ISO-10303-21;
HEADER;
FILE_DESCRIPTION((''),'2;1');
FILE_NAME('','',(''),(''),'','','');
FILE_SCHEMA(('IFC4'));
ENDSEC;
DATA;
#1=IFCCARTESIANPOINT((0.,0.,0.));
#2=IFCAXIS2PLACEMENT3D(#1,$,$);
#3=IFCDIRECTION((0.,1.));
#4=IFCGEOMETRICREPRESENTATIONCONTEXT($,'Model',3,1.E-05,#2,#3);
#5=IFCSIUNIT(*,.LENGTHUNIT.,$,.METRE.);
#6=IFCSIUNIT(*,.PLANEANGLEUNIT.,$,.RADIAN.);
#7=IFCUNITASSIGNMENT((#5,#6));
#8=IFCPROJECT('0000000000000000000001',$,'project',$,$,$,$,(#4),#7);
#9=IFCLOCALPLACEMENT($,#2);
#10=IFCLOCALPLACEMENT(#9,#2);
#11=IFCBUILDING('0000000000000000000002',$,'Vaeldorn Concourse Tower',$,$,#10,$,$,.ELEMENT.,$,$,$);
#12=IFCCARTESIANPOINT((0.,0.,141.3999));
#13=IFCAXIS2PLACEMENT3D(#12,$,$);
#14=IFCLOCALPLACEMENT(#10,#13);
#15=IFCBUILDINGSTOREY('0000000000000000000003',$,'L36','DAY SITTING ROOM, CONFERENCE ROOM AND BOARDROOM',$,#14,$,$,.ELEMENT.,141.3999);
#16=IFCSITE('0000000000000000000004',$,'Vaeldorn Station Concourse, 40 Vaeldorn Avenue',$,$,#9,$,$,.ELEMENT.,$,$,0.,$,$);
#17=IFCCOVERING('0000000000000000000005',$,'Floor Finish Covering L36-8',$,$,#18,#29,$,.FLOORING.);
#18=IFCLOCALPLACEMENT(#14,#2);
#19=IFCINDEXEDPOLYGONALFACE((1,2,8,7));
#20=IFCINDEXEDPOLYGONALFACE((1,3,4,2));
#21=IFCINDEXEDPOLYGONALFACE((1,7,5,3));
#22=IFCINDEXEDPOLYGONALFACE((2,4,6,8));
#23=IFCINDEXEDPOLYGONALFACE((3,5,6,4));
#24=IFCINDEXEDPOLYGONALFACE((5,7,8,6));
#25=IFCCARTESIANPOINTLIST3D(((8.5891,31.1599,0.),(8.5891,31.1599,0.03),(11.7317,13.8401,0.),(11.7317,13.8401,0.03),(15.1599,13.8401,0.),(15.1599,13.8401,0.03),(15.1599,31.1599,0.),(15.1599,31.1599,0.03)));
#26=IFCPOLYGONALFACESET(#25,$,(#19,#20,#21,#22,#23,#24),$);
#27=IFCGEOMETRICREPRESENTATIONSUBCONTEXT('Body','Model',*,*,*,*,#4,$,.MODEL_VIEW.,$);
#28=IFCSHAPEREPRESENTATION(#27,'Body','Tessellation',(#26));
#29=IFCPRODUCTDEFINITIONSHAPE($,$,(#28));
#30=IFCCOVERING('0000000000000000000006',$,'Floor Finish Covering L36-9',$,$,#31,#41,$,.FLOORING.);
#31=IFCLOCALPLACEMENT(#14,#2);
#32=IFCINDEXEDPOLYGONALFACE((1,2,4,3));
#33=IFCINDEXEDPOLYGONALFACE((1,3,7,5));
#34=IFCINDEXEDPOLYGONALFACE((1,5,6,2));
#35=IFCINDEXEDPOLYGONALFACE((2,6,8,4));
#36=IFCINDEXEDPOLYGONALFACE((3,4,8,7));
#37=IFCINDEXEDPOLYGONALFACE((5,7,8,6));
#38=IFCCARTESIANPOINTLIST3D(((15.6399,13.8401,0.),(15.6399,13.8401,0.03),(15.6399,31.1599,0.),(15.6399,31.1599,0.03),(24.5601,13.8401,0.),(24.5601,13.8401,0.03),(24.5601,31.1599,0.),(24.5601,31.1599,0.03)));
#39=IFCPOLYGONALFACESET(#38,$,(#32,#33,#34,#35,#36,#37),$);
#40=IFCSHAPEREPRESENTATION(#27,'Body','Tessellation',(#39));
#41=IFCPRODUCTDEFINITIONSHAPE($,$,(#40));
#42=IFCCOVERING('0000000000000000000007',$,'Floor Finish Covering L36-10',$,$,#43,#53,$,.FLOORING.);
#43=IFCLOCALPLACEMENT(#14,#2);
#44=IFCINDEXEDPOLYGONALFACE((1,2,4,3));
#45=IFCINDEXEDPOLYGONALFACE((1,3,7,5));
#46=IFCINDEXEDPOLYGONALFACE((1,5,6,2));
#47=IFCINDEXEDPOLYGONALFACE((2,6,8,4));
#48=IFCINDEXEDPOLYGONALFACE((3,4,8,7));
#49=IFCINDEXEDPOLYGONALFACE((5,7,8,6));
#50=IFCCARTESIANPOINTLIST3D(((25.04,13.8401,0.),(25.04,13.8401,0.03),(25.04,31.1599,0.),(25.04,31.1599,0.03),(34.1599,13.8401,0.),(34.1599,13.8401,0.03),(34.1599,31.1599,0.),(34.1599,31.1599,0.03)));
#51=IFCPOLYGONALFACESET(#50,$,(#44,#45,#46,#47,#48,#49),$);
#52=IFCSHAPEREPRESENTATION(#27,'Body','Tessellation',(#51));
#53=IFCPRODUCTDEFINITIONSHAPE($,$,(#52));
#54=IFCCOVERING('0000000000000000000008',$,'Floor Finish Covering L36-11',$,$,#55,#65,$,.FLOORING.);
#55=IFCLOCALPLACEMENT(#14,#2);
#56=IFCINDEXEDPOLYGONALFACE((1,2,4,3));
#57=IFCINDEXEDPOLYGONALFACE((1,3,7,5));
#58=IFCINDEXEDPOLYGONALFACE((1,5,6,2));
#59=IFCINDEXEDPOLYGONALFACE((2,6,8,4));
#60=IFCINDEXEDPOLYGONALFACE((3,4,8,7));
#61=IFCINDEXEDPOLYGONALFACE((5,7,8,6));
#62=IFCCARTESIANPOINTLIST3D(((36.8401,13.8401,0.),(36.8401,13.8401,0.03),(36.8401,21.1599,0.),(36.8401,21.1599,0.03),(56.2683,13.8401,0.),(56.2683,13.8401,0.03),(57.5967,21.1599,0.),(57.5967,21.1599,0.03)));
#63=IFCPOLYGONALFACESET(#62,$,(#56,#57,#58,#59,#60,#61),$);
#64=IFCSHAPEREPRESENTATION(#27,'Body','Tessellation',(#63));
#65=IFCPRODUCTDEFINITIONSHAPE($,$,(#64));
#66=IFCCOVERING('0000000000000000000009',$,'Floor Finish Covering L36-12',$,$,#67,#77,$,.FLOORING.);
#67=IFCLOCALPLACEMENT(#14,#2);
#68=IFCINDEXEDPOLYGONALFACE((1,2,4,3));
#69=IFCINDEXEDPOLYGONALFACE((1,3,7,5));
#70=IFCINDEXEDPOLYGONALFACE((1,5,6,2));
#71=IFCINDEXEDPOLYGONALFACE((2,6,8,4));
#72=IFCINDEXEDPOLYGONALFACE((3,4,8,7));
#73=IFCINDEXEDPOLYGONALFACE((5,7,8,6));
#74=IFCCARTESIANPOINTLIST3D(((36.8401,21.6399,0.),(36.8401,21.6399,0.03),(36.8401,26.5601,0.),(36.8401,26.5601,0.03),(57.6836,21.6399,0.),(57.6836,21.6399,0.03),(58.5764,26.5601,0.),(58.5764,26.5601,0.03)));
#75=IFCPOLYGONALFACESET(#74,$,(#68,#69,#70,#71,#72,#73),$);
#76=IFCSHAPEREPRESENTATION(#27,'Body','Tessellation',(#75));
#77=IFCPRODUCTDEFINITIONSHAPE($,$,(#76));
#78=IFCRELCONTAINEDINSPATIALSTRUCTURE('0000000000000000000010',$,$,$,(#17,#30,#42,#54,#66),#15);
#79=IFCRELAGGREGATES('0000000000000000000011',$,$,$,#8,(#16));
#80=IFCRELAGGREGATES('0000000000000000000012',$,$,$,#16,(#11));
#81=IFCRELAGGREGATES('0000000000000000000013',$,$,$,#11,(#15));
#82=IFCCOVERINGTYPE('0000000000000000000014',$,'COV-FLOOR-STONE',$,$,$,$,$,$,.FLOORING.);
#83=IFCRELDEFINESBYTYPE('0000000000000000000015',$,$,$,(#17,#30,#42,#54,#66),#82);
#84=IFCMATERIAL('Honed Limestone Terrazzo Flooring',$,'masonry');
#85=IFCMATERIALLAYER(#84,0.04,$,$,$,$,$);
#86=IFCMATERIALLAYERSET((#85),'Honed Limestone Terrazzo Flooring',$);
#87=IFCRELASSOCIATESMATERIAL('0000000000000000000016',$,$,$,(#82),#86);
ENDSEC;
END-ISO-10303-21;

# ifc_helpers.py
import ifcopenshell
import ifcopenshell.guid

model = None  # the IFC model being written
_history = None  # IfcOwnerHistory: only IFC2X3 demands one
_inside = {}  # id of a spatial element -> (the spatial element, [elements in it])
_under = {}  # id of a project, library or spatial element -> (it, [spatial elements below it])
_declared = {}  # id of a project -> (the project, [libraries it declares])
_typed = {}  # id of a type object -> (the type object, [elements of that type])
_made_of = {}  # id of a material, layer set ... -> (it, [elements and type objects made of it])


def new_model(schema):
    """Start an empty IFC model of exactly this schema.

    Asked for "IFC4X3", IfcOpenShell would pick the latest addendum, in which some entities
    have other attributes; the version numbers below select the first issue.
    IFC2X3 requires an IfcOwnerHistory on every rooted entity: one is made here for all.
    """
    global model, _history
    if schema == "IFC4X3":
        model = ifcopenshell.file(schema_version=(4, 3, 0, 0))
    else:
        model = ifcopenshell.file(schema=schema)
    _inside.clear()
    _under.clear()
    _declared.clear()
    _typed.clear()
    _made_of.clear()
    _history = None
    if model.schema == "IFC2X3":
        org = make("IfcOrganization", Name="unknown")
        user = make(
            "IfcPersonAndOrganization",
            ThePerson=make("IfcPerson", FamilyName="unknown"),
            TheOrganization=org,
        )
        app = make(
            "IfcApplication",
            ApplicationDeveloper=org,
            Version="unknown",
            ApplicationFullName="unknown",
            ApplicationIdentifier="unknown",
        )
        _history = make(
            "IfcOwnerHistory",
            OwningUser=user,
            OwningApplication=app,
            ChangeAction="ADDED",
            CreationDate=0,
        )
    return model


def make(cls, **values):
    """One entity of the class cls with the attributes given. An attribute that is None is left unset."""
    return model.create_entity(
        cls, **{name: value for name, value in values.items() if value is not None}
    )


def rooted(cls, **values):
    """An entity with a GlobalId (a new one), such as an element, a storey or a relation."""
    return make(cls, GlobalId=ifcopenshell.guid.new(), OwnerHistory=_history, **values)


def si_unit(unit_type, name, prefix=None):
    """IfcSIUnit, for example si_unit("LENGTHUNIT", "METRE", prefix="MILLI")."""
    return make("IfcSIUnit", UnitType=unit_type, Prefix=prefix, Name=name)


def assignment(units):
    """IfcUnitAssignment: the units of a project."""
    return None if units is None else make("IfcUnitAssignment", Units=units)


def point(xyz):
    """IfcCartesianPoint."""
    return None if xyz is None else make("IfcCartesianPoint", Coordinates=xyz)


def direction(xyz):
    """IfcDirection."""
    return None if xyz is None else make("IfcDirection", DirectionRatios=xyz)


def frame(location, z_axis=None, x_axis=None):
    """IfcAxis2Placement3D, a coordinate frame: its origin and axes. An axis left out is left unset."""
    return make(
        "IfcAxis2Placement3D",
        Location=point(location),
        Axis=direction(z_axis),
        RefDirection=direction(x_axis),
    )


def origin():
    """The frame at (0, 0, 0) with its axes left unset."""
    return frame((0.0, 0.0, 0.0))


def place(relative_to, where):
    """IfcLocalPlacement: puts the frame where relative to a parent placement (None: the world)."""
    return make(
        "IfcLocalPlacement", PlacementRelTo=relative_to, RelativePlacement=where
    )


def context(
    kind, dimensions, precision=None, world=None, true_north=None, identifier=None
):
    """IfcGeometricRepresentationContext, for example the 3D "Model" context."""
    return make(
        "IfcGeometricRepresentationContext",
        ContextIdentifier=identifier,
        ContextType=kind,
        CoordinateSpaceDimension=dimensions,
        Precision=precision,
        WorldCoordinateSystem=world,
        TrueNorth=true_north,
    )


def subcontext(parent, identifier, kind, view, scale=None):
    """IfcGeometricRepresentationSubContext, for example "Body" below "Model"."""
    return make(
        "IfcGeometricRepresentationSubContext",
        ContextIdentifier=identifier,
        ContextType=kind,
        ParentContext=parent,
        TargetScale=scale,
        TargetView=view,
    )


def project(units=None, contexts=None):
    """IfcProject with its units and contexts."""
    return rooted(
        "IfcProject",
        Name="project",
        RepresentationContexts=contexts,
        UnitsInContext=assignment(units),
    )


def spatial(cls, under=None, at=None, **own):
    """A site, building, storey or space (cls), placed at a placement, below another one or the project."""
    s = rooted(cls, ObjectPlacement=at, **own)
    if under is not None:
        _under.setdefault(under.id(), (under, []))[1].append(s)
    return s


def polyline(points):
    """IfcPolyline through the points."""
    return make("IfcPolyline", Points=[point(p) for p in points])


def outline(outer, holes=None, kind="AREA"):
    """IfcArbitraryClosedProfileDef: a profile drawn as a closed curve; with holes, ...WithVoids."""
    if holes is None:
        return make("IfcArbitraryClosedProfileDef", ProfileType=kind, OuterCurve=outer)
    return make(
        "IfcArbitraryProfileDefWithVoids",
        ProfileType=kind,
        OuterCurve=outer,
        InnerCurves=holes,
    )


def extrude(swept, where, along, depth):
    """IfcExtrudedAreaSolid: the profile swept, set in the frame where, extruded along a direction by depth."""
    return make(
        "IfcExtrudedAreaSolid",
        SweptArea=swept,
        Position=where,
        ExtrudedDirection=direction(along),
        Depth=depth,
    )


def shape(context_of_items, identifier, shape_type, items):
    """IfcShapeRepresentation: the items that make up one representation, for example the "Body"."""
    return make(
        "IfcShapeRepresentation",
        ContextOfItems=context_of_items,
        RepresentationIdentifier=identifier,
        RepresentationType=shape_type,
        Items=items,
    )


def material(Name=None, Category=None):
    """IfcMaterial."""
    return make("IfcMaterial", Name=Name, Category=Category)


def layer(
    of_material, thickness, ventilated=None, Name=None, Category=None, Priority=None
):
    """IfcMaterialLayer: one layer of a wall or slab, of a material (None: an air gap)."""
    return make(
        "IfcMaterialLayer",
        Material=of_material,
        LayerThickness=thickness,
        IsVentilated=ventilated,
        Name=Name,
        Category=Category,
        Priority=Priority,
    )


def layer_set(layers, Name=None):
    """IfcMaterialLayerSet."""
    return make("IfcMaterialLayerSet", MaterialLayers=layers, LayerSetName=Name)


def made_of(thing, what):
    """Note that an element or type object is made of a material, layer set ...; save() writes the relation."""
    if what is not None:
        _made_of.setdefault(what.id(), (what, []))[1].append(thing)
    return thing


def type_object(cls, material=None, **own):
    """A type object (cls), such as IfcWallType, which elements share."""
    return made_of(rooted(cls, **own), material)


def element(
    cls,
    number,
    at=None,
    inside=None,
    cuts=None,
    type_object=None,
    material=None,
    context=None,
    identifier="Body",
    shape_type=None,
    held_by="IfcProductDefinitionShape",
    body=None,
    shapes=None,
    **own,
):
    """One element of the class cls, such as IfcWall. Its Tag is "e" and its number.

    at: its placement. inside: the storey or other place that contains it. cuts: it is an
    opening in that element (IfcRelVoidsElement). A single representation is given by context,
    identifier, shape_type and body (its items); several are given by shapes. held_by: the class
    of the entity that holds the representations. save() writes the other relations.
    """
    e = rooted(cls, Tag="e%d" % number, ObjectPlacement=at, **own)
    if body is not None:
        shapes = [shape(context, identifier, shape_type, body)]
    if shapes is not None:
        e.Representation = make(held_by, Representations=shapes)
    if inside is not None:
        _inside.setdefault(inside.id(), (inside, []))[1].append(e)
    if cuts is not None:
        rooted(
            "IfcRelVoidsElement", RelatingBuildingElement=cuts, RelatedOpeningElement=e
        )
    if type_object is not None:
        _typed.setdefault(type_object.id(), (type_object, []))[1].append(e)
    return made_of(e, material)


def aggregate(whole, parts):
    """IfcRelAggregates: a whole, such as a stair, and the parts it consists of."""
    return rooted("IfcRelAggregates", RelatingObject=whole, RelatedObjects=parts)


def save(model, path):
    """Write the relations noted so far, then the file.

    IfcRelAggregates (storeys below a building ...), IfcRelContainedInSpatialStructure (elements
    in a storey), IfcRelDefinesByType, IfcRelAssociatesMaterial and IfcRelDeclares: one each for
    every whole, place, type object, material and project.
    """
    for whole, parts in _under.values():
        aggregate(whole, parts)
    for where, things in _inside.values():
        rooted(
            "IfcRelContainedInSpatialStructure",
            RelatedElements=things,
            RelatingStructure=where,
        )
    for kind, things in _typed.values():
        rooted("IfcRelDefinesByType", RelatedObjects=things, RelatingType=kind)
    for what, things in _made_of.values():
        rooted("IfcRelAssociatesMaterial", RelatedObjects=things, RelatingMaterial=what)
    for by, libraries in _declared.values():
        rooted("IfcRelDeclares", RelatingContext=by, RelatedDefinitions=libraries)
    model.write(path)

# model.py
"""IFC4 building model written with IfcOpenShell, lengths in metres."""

from ifc_helpers import new_model, si_unit, direction, frame, origin, place, context, subcontext, project, spatial, polyline, outline, extrude, material, layer, layer_set, type_object, element, save


model = new_model("IFC4")

# Units and contexts
model_context = context("Model", 3, precision=1e-05, world=origin(), true_north=direction((0.0, 1.0)))
body_context = subcontext(model_context, "Body", "Model", "MODEL_VIEW")
ifc_project = project(units=[si_unit("LENGTHUNIT", "METRE"), si_unit("PLANEANGLEUNIT", "RADIAN")], contexts=[model_context])

# Site, building, storey
site_placement = place(None, origin())
site = spatial("IfcSite", under=ifc_project, at=site_placement, Name="Vaeldorn Station Concourse, 40 Vaeldorn Avenue", CompositionType="ELEMENT", RefElevation=0.0)
building_placement = place(site_placement, origin())
building = spatial("IfcBuilding", under=site, at=building_placement, Name="Vaeldorn Concourse Tower", CompositionType="ELEMENT")
storey_placement = place(building_placement, frame((0.0, 0.0, 141.3999)))
storey = spatial("IfcBuildingStorey", under=building, at=storey_placement, Name="L36", Description="DAY SITTING ROOM, CONFERENCE ROOM AND BOARDROOM", CompositionType="ELEMENT", Elevation=141.3999)

# Coverings
ifc_material_1 = material(Name="Honed Limestone Terrazzo Flooring", Category="masonry")
ifc_layer_1 = layer(ifc_material_1, 0.04)
ifc_layer_set_1 = layer_set([ifc_layer_1], Name="Honed Limestone Terrazzo Flooring")
covering_type_1 = type_object("IfcCoveringType", Name="COV-FLOOR-STONE", PredefinedType="FLOORING", material=ifc_layer_set_1)
covering_1_placement = place(storey_placement, origin())
element("IfcCovering", 1, at=covering_1_placement, inside=storey, type_object=covering_type_1, Name="Floor Finish Covering L36-8", PredefinedType="FLOORING", context=body_context, shape_type="SweptSolid", body=[
    extrude(outline(polyline([(15.1599, 31.1599), (15.1599, 13.8401), (11.7317, 13.8401), (8.5891, 31.1599), (15.1599, 31.1599)])), origin(), (0.0, 0.0, 1.0), 0.03),
])
covering_2_placement = place(storey_placement, origin())
element("IfcCovering", 2, at=covering_2_placement, inside=storey, type_object=covering_type_1, Name="Floor Finish Covering L36-9", PredefinedType="FLOORING", context=body_context, shape_type="SweptSolid", body=[
    extrude(outline(polyline([(15.6399, 31.1599), (24.5601, 31.1599), (24.5601, 13.8401), (15.6399, 13.8401), (15.6399, 31.1599)])), origin(), (0.0, 0.0, 1.0), 0.03),
])
covering_3_placement = place(storey_placement, origin())
element("IfcCovering", 3, at=covering_3_placement, inside=storey, type_object=covering_type_1, Name="Floor Finish Covering L36-10", PredefinedType="FLOORING", context=body_context, shape_type="SweptSolid", body=[
    extrude(outline(polyline([(25.04, 31.1599), (34.1599, 31.1599), (34.1599, 13.8401), (25.04, 13.8401), (25.04, 31.1599)])), origin(), (0.0, 0.0, 1.0), 0.03),
])
covering_4_placement = place(storey_placement, origin())
element("IfcCovering", 4, at=covering_4_placement, inside=storey, type_object=covering_type_1, Name="Floor Finish Covering L36-11", PredefinedType="FLOORING", context=body_context, shape_type="SweptSolid", body=[
    extrude(outline(polyline([(36.8401, 13.8401), (36.8401, 21.1599), (57.5967, 21.1599), (56.2683, 13.8401), (36.8401, 13.8401)])), origin(), (0.0, 0.0, 1.0), 0.03),
])
covering_5_placement = place(storey_placement, origin())
element("IfcCovering", 5, at=covering_5_placement, inside=storey, type_object=covering_type_1, Name="Floor Finish Covering L36-12", PredefinedType="FLOORING", context=body_context, shape_type="SweptSolid", body=[
    extrude(outline(polyline([(36.8401, 21.6399), (36.8401, 26.5601), (58.5764, 26.5601), (57.6836, 21.6399), (36.8401, 21.6399)])), origin(), (0.0, 0.0, 1.0), 0.03),
])

save(model, "model.ifc")
